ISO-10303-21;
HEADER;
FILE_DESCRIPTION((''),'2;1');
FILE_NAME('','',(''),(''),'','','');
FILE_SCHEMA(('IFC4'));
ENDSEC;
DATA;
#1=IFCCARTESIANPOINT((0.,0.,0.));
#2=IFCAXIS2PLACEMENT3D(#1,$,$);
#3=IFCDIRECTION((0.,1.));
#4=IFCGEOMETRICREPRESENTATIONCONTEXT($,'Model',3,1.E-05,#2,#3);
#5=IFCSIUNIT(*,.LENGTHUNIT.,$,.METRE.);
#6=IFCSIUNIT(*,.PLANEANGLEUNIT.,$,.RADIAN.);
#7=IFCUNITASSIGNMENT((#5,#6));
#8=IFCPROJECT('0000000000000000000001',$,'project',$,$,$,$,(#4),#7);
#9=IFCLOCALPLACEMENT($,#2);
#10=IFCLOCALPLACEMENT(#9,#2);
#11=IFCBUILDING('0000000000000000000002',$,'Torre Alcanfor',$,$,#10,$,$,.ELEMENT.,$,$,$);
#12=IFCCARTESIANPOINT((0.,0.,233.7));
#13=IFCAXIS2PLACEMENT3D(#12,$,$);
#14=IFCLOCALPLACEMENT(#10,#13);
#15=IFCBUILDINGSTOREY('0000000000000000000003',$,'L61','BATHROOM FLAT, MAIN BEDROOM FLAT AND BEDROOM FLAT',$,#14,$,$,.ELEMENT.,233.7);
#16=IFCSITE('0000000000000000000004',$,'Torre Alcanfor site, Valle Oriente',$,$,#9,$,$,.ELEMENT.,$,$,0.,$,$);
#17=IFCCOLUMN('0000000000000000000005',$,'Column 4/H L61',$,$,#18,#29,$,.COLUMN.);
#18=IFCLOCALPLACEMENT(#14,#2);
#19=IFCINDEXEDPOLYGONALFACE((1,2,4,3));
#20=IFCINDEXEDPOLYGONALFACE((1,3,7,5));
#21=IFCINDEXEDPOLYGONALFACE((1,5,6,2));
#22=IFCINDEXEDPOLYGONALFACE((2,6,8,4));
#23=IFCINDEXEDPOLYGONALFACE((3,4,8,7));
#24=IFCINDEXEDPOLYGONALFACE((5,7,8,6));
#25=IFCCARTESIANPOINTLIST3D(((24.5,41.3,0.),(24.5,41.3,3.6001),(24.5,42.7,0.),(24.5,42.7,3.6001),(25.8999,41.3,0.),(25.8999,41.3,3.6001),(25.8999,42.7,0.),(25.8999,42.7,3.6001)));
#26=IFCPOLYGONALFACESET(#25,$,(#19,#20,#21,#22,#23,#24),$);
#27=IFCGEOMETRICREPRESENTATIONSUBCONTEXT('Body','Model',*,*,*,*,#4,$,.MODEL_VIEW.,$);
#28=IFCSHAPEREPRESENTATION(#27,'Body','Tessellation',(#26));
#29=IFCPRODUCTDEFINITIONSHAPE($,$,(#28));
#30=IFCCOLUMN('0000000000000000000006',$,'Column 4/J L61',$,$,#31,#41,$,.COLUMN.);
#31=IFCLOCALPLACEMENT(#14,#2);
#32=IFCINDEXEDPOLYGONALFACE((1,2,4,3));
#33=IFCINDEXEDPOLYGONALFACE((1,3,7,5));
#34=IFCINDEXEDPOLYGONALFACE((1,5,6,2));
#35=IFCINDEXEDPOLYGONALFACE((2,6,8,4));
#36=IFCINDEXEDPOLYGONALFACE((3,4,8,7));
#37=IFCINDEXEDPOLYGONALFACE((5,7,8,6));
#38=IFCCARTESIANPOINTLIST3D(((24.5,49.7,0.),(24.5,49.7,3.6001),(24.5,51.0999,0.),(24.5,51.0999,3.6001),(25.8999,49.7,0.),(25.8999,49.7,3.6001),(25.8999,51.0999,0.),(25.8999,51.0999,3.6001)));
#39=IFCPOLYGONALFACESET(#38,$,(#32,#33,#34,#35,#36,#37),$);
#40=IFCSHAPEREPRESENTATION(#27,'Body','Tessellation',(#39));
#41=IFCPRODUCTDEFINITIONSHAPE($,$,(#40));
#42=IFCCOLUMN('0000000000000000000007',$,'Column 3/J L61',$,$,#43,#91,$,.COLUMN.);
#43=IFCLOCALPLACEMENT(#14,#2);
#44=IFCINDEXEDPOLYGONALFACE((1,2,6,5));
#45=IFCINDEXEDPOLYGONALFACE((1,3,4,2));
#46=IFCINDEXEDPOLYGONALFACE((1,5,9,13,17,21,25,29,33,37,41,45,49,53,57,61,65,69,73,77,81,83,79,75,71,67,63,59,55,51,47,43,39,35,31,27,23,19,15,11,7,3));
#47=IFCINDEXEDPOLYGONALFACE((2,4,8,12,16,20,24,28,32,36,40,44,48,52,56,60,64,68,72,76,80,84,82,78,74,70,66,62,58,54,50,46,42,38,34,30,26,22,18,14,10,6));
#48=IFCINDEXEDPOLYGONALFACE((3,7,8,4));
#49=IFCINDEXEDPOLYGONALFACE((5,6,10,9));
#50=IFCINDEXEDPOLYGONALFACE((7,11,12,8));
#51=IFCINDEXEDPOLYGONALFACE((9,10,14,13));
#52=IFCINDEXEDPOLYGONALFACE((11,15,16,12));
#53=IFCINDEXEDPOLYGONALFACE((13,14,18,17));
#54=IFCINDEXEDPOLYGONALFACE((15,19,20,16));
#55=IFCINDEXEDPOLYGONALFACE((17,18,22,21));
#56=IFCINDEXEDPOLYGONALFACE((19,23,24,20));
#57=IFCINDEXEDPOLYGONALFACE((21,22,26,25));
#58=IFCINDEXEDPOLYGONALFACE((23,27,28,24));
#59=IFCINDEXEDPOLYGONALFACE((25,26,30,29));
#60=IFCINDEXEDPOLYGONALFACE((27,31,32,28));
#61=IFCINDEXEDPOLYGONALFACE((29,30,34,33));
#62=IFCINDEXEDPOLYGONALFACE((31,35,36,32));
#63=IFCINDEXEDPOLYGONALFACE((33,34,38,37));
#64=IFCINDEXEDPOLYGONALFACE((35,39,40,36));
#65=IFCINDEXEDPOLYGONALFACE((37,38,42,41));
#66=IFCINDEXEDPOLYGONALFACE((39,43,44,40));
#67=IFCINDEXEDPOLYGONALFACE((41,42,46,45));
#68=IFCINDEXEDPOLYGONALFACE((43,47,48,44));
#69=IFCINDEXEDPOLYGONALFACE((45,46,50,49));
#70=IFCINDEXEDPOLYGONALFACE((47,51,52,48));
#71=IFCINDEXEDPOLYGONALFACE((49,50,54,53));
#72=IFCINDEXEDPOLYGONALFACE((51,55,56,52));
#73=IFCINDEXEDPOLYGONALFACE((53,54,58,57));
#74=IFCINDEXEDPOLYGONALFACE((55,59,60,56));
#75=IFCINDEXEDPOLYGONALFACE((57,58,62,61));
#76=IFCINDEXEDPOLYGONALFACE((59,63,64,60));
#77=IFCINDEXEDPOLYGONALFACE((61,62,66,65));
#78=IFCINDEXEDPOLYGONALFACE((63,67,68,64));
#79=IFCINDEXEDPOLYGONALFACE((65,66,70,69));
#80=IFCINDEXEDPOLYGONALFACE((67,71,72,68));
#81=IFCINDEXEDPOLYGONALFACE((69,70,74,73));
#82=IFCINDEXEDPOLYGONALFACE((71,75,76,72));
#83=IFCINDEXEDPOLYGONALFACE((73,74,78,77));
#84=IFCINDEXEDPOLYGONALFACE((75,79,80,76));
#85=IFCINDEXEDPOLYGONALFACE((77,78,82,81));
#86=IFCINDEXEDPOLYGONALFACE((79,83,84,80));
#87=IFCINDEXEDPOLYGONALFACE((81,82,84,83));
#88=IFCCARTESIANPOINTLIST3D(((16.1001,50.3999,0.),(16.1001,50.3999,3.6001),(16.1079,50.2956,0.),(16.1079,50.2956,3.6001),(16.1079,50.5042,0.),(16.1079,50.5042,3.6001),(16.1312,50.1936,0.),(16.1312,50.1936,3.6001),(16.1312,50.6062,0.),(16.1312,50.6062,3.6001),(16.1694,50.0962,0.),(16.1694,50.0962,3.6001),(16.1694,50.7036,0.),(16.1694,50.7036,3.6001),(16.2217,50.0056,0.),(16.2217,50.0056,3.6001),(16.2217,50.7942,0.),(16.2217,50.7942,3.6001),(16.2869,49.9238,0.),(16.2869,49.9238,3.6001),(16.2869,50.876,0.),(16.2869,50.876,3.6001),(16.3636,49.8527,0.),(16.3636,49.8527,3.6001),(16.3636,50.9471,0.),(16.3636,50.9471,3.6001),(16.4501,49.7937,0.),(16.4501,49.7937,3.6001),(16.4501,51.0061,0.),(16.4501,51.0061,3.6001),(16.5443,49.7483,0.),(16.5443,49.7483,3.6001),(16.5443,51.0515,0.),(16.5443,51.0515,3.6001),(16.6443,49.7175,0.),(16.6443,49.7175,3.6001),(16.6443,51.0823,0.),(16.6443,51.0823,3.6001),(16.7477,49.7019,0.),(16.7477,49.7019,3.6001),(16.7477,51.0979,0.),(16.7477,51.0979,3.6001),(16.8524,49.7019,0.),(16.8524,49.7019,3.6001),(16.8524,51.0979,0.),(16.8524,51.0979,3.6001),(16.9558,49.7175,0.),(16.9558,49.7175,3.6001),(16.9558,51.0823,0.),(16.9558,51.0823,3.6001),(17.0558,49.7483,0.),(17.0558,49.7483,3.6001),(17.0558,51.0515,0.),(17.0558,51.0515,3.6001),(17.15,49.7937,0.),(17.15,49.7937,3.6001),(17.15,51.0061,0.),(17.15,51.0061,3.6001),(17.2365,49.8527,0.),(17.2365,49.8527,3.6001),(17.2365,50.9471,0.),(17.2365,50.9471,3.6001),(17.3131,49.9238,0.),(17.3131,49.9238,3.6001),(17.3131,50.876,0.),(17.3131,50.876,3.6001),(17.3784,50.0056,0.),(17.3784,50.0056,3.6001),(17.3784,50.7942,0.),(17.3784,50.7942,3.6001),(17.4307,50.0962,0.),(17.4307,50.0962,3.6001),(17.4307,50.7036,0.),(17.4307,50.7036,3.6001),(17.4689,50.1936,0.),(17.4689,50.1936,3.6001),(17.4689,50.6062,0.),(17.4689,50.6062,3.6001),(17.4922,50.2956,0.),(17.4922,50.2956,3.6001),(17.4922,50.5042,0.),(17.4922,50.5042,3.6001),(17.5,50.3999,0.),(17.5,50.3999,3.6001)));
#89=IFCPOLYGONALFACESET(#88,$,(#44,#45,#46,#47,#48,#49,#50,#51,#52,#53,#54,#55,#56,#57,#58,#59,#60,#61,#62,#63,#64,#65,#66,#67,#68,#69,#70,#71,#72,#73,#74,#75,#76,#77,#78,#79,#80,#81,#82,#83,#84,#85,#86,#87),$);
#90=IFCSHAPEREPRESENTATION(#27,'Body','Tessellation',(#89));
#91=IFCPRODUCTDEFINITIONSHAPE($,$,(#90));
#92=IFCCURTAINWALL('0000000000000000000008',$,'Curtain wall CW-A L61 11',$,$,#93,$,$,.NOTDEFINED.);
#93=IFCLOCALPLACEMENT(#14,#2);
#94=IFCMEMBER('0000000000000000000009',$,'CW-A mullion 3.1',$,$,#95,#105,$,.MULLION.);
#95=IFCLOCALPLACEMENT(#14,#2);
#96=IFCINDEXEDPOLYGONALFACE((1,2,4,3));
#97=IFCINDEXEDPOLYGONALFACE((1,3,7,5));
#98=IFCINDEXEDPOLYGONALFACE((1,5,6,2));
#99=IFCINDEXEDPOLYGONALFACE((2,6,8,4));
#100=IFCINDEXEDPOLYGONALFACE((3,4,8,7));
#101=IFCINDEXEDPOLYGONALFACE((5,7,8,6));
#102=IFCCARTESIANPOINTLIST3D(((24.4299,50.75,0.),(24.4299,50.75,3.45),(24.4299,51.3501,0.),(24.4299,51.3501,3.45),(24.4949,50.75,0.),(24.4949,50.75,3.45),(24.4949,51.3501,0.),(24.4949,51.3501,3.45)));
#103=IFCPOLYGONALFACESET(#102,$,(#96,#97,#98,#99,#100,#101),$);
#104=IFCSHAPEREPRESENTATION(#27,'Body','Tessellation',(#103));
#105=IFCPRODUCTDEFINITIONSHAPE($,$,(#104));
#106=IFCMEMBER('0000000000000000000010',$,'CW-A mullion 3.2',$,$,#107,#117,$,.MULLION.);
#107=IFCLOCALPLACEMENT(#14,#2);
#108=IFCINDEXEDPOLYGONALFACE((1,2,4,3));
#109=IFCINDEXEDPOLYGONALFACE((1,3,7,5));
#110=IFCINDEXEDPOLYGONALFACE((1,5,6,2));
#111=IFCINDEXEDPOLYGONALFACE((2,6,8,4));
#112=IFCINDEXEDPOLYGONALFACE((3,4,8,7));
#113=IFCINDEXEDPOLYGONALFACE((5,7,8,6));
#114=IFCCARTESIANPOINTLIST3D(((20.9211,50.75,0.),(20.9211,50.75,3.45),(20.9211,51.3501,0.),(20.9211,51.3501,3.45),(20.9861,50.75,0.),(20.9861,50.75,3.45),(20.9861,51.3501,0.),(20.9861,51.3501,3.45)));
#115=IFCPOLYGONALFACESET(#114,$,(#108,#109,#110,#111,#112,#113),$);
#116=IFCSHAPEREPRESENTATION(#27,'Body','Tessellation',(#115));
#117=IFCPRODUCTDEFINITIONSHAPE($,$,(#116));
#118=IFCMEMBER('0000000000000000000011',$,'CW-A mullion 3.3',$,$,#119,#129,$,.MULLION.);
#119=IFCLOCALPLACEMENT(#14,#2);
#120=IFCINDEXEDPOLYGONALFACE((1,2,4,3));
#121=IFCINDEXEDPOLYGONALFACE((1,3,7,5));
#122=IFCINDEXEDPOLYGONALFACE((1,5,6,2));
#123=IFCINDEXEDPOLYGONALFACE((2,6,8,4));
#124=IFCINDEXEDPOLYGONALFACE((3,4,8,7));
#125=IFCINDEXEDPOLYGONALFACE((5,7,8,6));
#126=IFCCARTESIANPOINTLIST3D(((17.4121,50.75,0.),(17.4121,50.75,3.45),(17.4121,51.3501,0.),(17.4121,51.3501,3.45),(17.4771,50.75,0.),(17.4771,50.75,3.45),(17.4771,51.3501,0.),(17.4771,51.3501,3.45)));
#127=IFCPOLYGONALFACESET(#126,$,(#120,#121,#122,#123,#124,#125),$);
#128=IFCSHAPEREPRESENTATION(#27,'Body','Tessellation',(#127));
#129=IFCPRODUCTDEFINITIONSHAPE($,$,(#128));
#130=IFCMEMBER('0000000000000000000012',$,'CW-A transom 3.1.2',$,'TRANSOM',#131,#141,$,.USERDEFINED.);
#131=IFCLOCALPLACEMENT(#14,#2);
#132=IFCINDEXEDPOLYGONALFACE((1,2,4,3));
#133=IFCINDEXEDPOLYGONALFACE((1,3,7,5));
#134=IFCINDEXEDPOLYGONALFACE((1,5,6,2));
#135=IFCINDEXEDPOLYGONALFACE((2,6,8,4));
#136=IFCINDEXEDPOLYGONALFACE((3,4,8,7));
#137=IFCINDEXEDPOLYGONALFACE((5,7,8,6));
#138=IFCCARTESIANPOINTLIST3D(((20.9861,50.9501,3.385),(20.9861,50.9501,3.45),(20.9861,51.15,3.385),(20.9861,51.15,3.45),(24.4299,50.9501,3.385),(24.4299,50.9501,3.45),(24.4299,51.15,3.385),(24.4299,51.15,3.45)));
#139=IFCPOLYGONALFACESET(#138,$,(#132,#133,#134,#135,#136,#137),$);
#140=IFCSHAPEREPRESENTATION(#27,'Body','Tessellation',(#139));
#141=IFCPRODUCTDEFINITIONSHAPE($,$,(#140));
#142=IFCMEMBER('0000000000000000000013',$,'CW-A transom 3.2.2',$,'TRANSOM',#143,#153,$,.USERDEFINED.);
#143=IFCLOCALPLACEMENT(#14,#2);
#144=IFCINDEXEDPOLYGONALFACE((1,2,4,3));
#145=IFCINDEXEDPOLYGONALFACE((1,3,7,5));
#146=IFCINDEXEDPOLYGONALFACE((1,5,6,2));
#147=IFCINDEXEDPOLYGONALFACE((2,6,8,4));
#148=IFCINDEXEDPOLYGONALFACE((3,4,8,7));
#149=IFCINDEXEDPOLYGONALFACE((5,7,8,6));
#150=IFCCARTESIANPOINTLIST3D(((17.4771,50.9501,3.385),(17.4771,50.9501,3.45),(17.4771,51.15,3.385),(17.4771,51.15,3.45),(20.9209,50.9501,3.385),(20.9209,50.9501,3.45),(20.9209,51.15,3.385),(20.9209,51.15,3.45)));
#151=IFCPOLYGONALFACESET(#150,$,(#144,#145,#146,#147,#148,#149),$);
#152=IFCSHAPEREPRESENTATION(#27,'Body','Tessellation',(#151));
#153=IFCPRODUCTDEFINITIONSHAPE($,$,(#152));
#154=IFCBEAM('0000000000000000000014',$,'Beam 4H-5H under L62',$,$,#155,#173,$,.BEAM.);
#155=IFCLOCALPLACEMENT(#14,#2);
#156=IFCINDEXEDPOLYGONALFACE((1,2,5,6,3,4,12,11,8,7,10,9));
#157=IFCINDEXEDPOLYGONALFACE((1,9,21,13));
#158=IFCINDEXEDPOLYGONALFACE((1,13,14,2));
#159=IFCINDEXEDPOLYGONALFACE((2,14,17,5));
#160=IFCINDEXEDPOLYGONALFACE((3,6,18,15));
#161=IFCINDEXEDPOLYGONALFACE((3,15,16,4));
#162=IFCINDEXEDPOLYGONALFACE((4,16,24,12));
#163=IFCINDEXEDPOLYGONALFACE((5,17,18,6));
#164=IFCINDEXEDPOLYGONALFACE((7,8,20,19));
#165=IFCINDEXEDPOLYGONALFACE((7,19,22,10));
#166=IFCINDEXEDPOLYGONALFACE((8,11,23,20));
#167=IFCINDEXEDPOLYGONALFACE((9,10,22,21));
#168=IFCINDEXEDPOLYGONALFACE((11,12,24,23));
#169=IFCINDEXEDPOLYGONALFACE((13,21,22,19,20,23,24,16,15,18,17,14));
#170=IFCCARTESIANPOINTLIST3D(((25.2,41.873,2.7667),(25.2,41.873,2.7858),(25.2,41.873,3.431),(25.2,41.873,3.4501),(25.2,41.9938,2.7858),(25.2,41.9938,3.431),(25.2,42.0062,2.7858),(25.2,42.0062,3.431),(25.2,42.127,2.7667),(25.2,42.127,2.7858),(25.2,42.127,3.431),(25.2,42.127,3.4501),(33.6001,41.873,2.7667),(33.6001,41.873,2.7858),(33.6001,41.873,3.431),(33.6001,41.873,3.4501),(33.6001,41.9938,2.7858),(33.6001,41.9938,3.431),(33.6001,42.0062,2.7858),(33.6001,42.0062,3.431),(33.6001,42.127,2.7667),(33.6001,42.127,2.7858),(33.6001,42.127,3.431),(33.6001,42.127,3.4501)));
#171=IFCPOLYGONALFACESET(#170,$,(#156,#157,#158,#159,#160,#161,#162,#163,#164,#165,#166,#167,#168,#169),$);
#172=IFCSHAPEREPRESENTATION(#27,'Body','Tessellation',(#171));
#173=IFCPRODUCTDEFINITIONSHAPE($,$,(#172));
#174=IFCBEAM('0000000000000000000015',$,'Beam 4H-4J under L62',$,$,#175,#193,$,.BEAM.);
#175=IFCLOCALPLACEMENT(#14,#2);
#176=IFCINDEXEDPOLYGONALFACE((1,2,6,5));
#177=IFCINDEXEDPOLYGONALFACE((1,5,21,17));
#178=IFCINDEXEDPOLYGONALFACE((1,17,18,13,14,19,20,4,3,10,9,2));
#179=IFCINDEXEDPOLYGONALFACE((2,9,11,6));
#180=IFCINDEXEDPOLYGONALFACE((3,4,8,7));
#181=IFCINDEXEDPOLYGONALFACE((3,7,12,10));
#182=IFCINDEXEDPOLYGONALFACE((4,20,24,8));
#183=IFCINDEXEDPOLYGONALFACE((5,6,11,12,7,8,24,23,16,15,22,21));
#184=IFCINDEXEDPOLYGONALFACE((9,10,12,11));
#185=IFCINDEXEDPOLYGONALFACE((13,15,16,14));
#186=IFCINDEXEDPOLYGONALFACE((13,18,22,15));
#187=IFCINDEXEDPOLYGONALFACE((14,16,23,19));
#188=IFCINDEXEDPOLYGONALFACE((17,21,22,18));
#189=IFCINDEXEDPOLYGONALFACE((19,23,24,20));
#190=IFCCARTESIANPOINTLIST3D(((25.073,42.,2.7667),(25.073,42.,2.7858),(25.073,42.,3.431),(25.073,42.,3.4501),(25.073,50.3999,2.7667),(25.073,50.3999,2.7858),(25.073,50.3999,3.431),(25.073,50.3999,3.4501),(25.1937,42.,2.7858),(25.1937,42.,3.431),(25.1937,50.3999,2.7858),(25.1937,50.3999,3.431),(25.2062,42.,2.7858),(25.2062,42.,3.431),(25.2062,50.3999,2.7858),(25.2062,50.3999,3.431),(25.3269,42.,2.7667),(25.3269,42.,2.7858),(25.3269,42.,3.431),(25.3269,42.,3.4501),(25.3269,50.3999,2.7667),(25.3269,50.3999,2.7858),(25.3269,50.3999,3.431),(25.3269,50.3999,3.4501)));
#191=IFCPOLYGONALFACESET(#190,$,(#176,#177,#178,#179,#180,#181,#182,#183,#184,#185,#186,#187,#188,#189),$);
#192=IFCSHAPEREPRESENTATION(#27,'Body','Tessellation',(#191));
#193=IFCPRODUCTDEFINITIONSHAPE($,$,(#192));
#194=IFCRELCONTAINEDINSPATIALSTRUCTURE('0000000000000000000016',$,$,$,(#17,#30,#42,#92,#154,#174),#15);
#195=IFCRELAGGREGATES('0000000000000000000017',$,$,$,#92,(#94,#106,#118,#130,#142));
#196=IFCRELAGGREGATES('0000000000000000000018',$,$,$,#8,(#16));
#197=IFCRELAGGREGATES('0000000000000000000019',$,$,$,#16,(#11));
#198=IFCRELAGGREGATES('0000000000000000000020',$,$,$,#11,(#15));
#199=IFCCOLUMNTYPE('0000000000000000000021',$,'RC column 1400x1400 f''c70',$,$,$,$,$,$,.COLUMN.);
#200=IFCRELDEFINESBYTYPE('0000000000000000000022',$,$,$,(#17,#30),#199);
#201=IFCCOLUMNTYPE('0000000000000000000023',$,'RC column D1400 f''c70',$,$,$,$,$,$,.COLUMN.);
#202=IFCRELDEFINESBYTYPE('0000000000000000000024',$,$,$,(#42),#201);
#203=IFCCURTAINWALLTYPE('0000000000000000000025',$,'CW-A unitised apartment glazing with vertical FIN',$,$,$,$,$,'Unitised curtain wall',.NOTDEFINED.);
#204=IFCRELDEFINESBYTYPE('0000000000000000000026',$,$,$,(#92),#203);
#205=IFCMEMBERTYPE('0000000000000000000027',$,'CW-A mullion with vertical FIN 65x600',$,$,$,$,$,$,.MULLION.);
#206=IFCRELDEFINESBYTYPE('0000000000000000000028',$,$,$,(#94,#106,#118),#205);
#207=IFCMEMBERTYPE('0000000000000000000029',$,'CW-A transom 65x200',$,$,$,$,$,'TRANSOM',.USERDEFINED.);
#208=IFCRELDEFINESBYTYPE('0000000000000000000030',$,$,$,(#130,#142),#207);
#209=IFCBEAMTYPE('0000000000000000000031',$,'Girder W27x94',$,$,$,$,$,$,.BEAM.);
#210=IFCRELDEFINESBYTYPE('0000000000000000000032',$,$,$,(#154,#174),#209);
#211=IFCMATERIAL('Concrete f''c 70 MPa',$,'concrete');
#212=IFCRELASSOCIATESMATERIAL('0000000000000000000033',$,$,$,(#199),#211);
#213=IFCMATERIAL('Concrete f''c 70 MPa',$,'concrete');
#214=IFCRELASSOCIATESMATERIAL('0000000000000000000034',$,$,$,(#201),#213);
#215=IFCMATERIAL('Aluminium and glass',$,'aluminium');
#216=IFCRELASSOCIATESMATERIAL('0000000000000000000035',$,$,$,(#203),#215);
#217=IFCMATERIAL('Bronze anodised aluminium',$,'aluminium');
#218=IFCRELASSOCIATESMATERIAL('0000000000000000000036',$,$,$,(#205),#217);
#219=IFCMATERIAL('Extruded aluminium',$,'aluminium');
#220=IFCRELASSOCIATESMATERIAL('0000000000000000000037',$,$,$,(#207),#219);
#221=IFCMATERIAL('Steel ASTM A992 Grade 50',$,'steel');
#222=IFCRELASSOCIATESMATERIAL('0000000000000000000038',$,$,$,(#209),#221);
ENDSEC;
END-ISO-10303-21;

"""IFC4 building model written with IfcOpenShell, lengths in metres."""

from ifc_helpers import new_model, si_unit, direction, frame, origin, origin_2d, place, context, subcontext, project, spatial, rectangle, circle, i_section, extrude, material, material_profile, profile_set, type_object, element, aggregate, save


model = new_model("IFC4")

# Units and contexts
model_context = context("Model", 3, precision=1e-05, world=origin(), true_north=direction((0.0, 1.0)))
body_context = subcontext(model_context, "Body", "Model", "MODEL_VIEW")
ifc_project = project(units=[si_unit("LENGTHUNIT", "METRE"), si_unit("PLANEANGLEUNIT", "RADIAN")], contexts=[model_context])

# Site, building, storey
site_placement = place(None, origin())
site = spatial("IfcSite", under=ifc_project, at=site_placement, Name="Torre Alcanfor site, Valle Oriente", CompositionType="ELEMENT", RefElevation=0.0)
building_placement = place(site_placement, origin())
building = spatial("IfcBuilding", under=site, at=building_placement, Name="Torre Alcanfor", CompositionType="ELEMENT")
storey_placement = place(building_placement, frame((0.0, 0.0, 233.7)))
storey = spatial("IfcBuildingStorey", under=building, at=storey_placement, Name="L61", Description="BATHROOM FLAT, MAIN BEDROOM FLAT AND BEDROOM FLAT", CompositionType="ELEMENT", Elevation=233.7)

# Columns
ifc_material_1 = material(Name="Concrete f'c 70 MPa", Category="concrete")
ifc_material_profile_1 = material_profile(ifc_material_1, rectangle(XDim=1.3999, YDim=1.3999, at=origin_2d()), Name="1400x1400")
ifc_profile_set_1 = profile_set([ifc_material_profile_1], Name="Concrete f'c 70 MPa")
column_type_1 = type_object("IfcColumnType", Name="RC column 1400x1400 f'c70", PredefinedType="COLUMN", material=ifc_profile_set_1)
for number, where, z_axis, x_axis, name in (
    (1, (25.2, 42.0, 0.0), (0.0, 0.0, 1.0), (1.0, 0.0, 0.0), "Column 4/H L61"),
    (2, (25.2, 50.3999, 0.0), (0.0, 0.0, 1.0), (1.0, 0.0, 0.0), "Column 4/J L61"),
):
    element("IfcColumn", number, at=place(storey_placement, frame(where, z_axis=z_axis, x_axis=x_axis)), inside=storey, type_object=column_type_1, Name=name, PredefinedType="COLUMN", context=body_context, shape_type="SweptSolid", body=[
        extrude(rectangle(XDim=1.3999, YDim=1.3999, at=origin_2d()), origin(), (0.0, 0.0, 1.0), 3.6001),
    ])
ifc_material_2 = material(Name="Concrete f'c 70 MPa", Category="concrete")
ifc_material_profile_2 = material_profile(ifc_material_2, circle(Radius=0.7, at=origin_2d()), Name="D1400")
ifc_profile_set_2 = profile_set([ifc_material_profile_2], Name="Concrete f'c 70 MPa")
column_type_2 = type_object("IfcColumnType", Name="RC column D1400 f'c70", PredefinedType="COLUMN", material=ifc_profile_set_2)
column_placement = place(storey_placement, frame((16.8, 50.3999, 0.0), z_axis=(0.0, 0.0, 1.0), x_axis=(1.0, 0.0, 0.0)))
element("IfcColumn", 3, at=column_placement, inside=storey, type_object=column_type_2, Name="Column 3/J L61", PredefinedType="COLUMN", context=body_context, shape_type="SweptSolid", body=[
    extrude(circle(Radius=0.7, at=origin_2d()), origin(), (0.0, 0.0, 1.0), 3.6001),
])

# Curtain wall, members
ifc_material_3 = material(Name="Aluminium and glass", Category="aluminium")
curtain_wall_type = type_object("IfcCurtainWallType", Name="CW-A unitised apartment glazing with vertical FIN", ElementType="Unitised curtain wall", PredefinedType="NOTDEFINED", material=ifc_material_3)
curtain_wall_placement = place(storey_placement, origin())
curtain_wall = element("IfcCurtainWall", 4, at=curtain_wall_placement, inside=storey, type_object=curtain_wall_type, Name="Curtain wall CW-A L61 11", PredefinedType="NOTDEFINED")
ifc_material_4 = material(Name="Bronze anodised aluminium", Category="aluminium")
ifc_material_profile_3 = material_profile(ifc_material_4, rectangle(XDim=0.6001, YDim=0.0649, at=origin_2d()), Name="CW-A mullion 65x600")
ifc_profile_set_3 = profile_set([ifc_material_profile_3], Name="Bronze anodised aluminium")
member_type_1 = type_object("IfcMemberType", Name="CW-A mullion with vertical FIN 65x600", PredefinedType="MULLION", material=ifc_profile_set_3)
member_1_placement = place(storey_placement, frame((24.4624, 51.05, 0.0), z_axis=(0.0, 0.0, 1.0), x_axis=(0.0, -1.0, 0.0)))
member_1 = element("IfcMember", 5, at=member_1_placement, type_object=member_type_1, Name="CW-A mullion 3.1", PredefinedType="MULLION", context=body_context, shape_type="SweptSolid", body=[
    extrude(rectangle(XDim=0.6001, YDim=0.0649, at=origin_2d()), origin(), (0.0, 0.0, 1.0), 3.45),
])
member_2_placement = place(storey_placement, frame((20.9536, 51.05, 0.0), z_axis=(0.0, 0.0, 1.0), x_axis=(0.0, -1.0, 0.0)))
member_2 = element("IfcMember", 6, at=member_2_placement, type_object=member_type_1, Name="CW-A mullion 3.2", PredefinedType="MULLION", context=body_context, shape_type="SweptSolid", body=[
    extrude(rectangle(XDim=0.6001, YDim=0.0649, at=origin_2d()), origin(), (0.0, 0.0, 1.0), 3.45),
])
member_3_placement = place(storey_placement, frame((17.4446, 51.05, 0.0), z_axis=(0.0, 0.0, 1.0), x_axis=(0.0, -1.0, 0.0)))
member_3 = element("IfcMember", 7, at=member_3_placement, type_object=member_type_1, Name="CW-A mullion 3.3", PredefinedType="MULLION", context=body_context, shape_type="SweptSolid", body=[
    extrude(rectangle(XDim=0.6001, YDim=0.0649, at=origin_2d()), origin(), (0.0, 0.0, 1.0), 3.45),
])
ifc_material_5 = material(Name="Extruded aluminium", Category="aluminium")
ifc_material_profile_4 = material_profile(ifc_material_5, rectangle(XDim=0.2, YDim=0.0649, at=origin_2d()), Name="CW-A transom 200x65")
ifc_profile_set_4 = profile_set([ifc_material_profile_4], Name="Extruded aluminium")
member_type_2 = type_object("IfcMemberType", Name="CW-A transom 65x200", ElementType="TRANSOM", PredefinedType="USERDEFINED", material=ifc_profile_set_4)
member_4_placement = place(storey_placement, frame((24.4299, 51.05, 3.4175), z_axis=(-1.0, 0.0, 0.0), x_axis=(0.0, -1.0, 0.0)))
member_4 = element("IfcMember", 8, at=member_4_placement, type_object=member_type_2, Name="CW-A transom 3.1.2", ObjectType="TRANSOM", PredefinedType="USERDEFINED", context=body_context, shape_type="SweptSolid", body=[
    extrude(rectangle(XDim=0.2, YDim=0.0649, at=origin_2d()), origin(), (0.0, 0.0, 1.0), 3.4438),
])
member_5_placement = place(storey_placement, frame((20.9209, 51.05, 3.4175), z_axis=(-1.0, 0.0, 0.0), x_axis=(0.0, -1.0, 0.0)))
member_5 = element("IfcMember", 9, at=member_5_placement, type_object=member_type_2, Name="CW-A transom 3.2.2", ObjectType="TRANSOM", PredefinedType="USERDEFINED", context=body_context, shape_type="SweptSolid", body=[
    extrude(rectangle(XDim=0.2, YDim=0.0649, at=origin_2d()), origin(), (0.0, 0.0, 1.0), 3.4438),
])

# Beams
ifc_material_6 = material(Name="Steel ASTM A992 Grade 50", Category="steel")
ifc_material_profile_5 = material_profile(ifc_material_6, i_section(OverallWidth=0.2539, OverallDepth=0.6833, WebThickness=0.0125, FlangeThickness=0.019, at=origin_2d()), Name="W27x94")
ifc_profile_set_5 = profile_set([ifc_material_profile_5], Name="Steel ASTM A992 Grade 50")
beam_type_1 = type_object("IfcBeamType", Name="Girder W27x94", PredefinedType="BEAM", material=ifc_profile_set_5)
beam_1_placement = place(storey_placement, frame((25.2, 42.0, 3.1084), z_axis=(1.0, 0.0, 0.0), x_axis=(0.0, 1.0, 0.0)))
element("IfcBeam", 10, at=beam_1_placement, inside=storey, type_object=beam_type_1, Name="Beam 4H-5H under L62", PredefinedType="BEAM", context=body_context, shape_type="SweptSolid", body=[
    extrude(i_section(OverallWidth=0.2539, OverallDepth=0.6833, WebThickness=0.0125, FlangeThickness=0.019, at=origin_2d()), origin(), (0.0, 0.0, 1.0), 8.4001),
])
beam_2_placement = place(storey_placement, frame((25.2, 42.0, 3.1084), z_axis=(0.0, 1.0, 0.0), x_axis=(-1.0, 0.0, 0.0)))
element("IfcBeam", 11, at=beam_2_placement, inside=storey, type_object=beam_type_1, Name="Beam 4H-4J under L62", PredefinedType="BEAM", context=body_context, shape_type="SweptSolid", body=[
    extrude(i_section(OverallWidth=0.2539, OverallDepth=0.6833, WebThickness=0.0125, FlangeThickness=0.019, at=origin_2d()), origin(), (0.0, 0.0, 1.0), 8.3999),
])

aggregate(curtain_wall, [member_1, member_2, member_3, member_4, member_5])

save(model, "model.ifc")
